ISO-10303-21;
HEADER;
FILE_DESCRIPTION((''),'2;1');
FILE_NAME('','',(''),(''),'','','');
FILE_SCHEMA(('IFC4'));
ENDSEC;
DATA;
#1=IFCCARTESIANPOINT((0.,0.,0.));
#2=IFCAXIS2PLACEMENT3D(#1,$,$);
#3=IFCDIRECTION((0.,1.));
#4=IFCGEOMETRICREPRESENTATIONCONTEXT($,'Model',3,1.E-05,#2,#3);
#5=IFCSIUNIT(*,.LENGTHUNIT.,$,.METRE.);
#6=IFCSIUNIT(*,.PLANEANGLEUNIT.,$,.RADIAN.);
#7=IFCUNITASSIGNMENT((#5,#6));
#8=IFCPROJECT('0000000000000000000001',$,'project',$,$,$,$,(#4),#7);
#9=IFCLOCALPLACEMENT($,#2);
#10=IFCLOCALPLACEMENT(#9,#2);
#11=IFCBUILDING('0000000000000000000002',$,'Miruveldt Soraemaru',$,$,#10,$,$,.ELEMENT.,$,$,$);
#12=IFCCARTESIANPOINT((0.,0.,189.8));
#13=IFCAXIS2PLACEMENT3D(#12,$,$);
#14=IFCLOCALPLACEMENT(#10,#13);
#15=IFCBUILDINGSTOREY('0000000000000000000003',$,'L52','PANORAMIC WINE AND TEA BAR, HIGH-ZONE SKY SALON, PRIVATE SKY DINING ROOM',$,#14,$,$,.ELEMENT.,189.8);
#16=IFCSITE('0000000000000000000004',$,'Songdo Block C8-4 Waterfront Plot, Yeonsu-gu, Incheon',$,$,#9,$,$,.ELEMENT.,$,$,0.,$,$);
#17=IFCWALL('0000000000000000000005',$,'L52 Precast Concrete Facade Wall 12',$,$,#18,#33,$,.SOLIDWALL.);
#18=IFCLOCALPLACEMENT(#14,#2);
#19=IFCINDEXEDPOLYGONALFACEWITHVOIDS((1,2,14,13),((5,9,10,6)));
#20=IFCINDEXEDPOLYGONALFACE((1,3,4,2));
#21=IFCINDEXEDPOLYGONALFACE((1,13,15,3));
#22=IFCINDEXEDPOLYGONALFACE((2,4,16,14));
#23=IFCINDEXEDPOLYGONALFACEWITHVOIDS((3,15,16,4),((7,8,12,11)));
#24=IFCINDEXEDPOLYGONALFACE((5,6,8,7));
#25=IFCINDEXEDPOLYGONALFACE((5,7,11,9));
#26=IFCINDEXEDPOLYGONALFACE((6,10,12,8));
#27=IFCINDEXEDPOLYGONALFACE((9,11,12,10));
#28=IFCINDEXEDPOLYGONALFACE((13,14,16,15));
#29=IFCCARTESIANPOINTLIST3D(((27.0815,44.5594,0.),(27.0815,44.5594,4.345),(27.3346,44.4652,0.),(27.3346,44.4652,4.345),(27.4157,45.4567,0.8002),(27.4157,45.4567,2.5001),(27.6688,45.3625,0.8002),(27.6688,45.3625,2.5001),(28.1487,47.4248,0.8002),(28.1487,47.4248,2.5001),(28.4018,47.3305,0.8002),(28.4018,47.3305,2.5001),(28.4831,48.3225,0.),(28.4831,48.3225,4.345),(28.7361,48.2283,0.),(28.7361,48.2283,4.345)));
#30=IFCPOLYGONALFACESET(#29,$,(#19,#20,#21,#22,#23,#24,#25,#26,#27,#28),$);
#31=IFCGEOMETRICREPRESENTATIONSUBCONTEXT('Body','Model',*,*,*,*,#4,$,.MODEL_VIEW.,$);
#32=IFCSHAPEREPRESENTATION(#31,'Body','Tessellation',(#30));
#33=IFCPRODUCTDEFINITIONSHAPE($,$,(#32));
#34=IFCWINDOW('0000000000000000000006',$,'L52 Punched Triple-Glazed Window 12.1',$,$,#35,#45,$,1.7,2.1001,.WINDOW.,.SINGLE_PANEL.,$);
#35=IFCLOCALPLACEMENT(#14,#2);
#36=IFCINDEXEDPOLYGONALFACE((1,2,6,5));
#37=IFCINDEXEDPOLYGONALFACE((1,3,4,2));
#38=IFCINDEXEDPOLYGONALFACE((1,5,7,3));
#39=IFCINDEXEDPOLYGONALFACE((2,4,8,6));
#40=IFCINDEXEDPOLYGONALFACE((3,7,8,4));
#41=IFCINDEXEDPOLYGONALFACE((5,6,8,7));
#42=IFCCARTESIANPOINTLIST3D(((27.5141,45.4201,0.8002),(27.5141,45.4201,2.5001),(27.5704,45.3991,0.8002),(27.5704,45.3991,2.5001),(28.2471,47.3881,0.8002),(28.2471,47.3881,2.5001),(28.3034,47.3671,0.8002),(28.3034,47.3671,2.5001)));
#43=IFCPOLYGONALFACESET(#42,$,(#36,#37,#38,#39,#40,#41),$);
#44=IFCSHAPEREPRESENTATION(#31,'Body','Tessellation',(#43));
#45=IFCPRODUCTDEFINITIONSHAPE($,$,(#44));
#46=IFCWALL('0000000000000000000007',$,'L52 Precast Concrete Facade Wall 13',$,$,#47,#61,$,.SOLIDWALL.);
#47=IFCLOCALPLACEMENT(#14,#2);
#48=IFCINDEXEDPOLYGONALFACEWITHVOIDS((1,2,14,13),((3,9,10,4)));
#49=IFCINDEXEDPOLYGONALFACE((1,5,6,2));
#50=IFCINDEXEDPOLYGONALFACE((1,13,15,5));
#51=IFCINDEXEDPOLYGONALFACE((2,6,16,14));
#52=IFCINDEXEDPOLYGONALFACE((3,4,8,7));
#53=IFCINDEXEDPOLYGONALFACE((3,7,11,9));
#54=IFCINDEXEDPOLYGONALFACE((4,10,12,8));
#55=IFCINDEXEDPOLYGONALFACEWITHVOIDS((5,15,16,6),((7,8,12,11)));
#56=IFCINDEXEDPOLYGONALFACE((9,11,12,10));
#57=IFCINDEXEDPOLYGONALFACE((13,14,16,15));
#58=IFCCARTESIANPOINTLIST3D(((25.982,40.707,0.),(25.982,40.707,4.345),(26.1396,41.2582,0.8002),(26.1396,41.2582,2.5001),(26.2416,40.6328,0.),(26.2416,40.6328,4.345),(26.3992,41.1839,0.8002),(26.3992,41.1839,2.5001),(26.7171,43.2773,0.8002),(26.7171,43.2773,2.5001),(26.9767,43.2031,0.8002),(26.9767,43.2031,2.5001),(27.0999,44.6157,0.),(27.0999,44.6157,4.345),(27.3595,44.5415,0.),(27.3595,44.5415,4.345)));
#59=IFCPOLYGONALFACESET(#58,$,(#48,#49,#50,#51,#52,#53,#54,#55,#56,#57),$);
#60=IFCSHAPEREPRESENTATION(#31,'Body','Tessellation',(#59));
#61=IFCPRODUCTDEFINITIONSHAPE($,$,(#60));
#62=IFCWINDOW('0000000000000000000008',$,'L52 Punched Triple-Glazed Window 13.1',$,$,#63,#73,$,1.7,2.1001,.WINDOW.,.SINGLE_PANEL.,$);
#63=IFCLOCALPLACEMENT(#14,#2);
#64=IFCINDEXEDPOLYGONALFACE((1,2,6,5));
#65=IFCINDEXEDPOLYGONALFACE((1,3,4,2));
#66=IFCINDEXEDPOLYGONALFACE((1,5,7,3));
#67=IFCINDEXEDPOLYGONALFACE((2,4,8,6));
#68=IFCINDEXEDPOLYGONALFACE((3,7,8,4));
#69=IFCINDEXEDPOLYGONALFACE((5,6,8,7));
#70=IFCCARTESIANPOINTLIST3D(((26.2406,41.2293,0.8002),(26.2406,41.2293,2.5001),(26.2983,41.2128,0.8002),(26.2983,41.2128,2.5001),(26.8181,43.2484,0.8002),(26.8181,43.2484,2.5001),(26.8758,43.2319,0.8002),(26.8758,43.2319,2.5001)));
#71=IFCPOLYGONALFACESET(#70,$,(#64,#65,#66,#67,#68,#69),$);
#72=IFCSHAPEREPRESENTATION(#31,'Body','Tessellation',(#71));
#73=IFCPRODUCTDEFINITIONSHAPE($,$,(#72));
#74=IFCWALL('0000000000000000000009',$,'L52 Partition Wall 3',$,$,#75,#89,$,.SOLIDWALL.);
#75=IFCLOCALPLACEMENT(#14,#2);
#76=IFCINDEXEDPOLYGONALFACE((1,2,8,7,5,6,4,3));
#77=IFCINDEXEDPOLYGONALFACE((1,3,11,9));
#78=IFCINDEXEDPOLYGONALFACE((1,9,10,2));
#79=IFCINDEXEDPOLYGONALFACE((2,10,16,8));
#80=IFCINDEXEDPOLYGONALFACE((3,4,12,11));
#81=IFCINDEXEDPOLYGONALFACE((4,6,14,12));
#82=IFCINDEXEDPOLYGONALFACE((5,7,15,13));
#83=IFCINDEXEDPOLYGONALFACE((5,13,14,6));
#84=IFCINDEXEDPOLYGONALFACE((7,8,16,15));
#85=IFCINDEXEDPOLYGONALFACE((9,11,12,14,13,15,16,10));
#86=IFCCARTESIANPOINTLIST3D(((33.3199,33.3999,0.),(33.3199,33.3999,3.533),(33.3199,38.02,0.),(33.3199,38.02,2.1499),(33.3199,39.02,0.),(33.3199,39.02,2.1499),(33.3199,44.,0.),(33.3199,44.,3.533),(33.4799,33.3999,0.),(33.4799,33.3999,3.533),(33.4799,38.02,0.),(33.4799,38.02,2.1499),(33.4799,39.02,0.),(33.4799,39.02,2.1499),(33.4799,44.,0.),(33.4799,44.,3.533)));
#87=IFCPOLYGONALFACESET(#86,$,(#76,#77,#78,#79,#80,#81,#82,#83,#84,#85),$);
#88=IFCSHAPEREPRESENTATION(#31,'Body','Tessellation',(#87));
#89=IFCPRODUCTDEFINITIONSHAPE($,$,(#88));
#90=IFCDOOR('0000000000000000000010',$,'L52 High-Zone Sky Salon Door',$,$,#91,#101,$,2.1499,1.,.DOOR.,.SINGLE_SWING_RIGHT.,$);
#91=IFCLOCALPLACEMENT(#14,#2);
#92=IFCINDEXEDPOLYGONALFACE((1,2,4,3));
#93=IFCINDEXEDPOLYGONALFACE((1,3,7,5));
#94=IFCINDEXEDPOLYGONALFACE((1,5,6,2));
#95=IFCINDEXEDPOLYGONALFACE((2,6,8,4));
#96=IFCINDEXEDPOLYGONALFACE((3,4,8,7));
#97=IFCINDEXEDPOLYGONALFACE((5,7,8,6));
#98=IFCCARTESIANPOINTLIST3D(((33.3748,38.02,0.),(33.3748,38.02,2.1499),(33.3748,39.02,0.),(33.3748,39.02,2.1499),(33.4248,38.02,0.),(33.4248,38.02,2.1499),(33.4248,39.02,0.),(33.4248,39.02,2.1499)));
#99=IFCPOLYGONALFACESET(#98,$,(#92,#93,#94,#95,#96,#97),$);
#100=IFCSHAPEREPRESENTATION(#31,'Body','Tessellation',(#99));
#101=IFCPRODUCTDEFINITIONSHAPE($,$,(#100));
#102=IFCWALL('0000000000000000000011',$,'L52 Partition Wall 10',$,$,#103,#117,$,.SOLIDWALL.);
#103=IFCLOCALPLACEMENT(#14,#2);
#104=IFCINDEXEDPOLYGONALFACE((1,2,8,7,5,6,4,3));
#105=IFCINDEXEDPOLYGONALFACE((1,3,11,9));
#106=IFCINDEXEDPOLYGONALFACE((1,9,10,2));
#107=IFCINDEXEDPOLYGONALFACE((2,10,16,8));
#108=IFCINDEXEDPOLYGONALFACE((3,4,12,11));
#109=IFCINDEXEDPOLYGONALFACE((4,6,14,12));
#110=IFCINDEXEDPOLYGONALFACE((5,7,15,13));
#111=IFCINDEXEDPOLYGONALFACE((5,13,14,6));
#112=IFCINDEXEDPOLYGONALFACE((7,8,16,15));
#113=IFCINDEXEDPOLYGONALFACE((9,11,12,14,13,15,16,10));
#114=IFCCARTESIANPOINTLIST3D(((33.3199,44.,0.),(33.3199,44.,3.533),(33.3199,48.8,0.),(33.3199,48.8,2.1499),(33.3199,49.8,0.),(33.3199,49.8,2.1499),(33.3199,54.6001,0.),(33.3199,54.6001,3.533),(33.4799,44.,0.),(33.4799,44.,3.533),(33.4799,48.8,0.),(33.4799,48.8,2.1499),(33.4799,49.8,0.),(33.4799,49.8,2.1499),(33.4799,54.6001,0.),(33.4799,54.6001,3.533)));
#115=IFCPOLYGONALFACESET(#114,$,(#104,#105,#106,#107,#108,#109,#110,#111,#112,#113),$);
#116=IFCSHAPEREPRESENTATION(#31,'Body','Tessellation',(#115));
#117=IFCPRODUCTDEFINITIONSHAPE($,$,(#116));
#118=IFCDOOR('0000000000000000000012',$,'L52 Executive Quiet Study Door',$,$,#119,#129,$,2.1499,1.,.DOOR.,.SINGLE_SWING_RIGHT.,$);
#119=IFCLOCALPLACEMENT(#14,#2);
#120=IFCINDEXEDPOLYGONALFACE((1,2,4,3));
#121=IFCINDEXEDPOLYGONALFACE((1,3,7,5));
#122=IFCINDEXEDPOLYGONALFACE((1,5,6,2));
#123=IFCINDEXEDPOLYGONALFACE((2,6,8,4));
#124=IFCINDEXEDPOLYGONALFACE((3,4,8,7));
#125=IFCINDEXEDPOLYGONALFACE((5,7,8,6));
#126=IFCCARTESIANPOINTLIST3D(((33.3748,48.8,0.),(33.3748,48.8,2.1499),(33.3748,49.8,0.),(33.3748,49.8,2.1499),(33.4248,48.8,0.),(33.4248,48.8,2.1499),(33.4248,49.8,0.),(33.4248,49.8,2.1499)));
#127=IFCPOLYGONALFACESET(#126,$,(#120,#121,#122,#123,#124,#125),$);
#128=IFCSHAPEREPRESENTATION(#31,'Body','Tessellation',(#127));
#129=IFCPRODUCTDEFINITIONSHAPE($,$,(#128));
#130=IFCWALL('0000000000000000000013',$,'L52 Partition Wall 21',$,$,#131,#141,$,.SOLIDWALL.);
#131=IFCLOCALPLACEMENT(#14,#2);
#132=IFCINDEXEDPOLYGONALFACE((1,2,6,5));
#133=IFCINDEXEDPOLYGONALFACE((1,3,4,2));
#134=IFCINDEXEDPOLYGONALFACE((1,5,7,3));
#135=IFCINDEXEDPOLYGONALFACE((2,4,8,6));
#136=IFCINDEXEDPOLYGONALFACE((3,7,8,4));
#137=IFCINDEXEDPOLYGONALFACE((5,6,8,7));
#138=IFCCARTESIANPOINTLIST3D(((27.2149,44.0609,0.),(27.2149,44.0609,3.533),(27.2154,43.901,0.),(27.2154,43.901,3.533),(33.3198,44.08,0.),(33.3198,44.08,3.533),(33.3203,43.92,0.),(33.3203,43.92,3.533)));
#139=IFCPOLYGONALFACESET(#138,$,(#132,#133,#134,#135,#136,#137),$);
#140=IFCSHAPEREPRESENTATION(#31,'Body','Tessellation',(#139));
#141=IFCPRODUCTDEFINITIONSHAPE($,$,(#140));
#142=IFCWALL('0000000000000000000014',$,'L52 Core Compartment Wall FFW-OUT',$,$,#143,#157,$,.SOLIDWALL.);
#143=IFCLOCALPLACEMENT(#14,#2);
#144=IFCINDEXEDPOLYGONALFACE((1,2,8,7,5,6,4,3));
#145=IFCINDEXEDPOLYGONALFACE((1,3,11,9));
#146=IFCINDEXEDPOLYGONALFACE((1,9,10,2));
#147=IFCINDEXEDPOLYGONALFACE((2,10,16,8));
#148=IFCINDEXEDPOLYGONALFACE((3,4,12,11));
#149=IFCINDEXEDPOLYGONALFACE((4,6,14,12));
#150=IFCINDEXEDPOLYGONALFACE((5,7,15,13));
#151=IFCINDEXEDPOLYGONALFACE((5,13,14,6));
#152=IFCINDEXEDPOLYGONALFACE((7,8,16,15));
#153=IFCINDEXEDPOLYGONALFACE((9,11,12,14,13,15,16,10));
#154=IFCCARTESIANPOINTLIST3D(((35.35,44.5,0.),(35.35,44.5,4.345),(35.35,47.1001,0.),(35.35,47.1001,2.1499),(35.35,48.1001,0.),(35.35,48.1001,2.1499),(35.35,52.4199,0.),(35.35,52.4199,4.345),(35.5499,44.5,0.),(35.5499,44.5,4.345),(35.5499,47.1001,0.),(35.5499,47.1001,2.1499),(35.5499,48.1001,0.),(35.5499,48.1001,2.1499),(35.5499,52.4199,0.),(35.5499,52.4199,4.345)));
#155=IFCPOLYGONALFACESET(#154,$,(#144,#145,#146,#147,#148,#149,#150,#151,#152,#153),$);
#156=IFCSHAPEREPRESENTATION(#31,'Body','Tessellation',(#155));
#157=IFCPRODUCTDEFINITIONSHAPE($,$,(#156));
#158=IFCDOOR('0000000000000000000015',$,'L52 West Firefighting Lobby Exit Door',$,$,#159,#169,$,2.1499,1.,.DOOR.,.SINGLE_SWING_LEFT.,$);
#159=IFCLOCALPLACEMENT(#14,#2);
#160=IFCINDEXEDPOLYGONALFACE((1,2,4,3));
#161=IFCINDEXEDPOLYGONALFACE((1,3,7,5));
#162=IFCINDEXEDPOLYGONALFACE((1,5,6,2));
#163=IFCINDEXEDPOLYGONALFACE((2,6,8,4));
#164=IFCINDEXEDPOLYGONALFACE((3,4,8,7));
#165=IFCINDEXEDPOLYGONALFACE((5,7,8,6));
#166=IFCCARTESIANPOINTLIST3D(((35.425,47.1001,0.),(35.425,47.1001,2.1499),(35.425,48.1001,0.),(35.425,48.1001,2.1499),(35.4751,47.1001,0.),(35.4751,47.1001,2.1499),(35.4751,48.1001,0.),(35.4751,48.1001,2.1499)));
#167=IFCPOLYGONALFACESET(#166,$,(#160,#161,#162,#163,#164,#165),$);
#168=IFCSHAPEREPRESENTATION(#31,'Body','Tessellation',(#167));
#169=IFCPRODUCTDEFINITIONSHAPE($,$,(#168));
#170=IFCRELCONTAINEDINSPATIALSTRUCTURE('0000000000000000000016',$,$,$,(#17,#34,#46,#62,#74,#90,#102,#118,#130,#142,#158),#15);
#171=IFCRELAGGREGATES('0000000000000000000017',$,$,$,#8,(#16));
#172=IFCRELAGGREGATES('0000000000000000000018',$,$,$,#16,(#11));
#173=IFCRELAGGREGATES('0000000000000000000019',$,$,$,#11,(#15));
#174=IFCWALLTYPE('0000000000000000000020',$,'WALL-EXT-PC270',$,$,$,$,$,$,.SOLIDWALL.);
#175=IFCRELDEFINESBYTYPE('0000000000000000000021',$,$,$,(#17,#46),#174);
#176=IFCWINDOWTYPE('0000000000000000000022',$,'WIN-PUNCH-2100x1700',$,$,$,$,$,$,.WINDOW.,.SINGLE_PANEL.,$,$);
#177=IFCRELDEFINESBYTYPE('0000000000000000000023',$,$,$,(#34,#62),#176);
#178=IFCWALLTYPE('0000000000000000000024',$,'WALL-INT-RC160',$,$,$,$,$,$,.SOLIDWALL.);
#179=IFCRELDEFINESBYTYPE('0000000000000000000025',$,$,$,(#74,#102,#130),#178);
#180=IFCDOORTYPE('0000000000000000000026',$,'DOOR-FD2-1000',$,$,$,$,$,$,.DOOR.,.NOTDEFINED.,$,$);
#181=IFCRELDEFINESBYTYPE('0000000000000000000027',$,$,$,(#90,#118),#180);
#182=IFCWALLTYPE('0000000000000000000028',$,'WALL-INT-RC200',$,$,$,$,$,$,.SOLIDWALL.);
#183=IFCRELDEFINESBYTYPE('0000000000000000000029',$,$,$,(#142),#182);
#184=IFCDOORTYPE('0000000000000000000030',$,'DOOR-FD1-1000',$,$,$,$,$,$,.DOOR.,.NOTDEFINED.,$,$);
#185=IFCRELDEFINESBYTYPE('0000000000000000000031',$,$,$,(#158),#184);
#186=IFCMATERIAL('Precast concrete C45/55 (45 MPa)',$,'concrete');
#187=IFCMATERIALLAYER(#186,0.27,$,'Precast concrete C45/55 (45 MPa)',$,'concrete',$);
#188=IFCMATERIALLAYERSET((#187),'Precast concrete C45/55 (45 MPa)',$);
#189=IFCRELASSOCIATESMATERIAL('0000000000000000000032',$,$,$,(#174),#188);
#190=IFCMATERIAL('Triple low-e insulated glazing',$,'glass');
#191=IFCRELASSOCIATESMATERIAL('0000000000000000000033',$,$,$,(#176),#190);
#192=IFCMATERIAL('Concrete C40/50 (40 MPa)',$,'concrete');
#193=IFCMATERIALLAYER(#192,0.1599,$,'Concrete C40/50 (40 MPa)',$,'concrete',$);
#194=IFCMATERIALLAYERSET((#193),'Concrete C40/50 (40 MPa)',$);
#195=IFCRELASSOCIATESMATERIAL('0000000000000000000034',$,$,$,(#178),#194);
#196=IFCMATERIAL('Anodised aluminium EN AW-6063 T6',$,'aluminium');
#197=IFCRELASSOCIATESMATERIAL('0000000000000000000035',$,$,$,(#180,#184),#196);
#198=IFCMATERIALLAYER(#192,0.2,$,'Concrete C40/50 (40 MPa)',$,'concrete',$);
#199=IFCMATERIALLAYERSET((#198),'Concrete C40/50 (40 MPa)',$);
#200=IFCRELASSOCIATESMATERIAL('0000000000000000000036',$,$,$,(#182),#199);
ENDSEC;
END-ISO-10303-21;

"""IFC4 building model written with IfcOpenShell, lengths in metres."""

from ifc_helpers import new_model, si_unit, direction, frame, frame_2d, origin, place, context, subcontext, project, spatial, rectangle, extrude, material, layer, layer_set, type_object, element, fill, save


model = new_model("IFC4")

# Units and contexts
model_context = context("Model", 3, precision=1e-05, world=origin(), true_north=direction((0.0, 1.0)))
body_context = subcontext(model_context, "Body", "Model", "MODEL_VIEW")
ifc_project = project(units=[si_unit("LENGTHUNIT", "METRE"), si_unit("PLANEANGLEUNIT", "RADIAN")], contexts=[model_context])

# Site, building, storey
site_placement = place(None, origin())
site = spatial("IfcSite", under=ifc_project, at=site_placement, Name="Songdo Block C8-4 Waterfront Plot, Yeonsu-gu, Incheon", CompositionType="ELEMENT", RefElevation=0.0)
building_placement = place(site_placement, origin())
building = spatial("IfcBuilding", under=site, at=building_placement, Name="Miruveldt Soraemaru", CompositionType="ELEMENT")
storey_placement = place(building_placement, frame((0.0, 0.0, 189.8)))
storey = spatial("IfcBuildingStorey", under=building, at=storey_placement, Name="L52", Description="PANORAMIC WINE AND TEA BAR, HIGH-ZONE SKY SALON, PRIVATE SKY DINING ROOM", CompositionType="ELEMENT", Elevation=189.8)

# Walls, openings, windows
ifc_material_1 = material(Name="Precast concrete C45/55 (45 MPa)", Category="concrete")
ifc_layer_1 = layer(ifc_material_1, 0.27, Name="Precast concrete C45/55 (45 MPa)", Category="concrete")
ifc_layer_set_1 = layer_set([ifc_layer_1], Name="Precast concrete C45/55 (45 MPa)")
wall_type_1 = type_object("IfcWallType", Name="WALL-EXT-PC270", PredefinedType="SOLIDWALL", material=ifc_layer_set_1)
ifc_material_2 = material(Name="Triple low-e insulated glazing", Category="glass")
window_type = type_object("IfcWindowType", Name="WIN-PUNCH-2100x1700", PartitioningType="SINGLE_PANEL", PredefinedType="WINDOW", material=ifc_material_2)
wall_1_placement = place(storey_placement, frame((28.6096, 48.2754, 0.0), z_axis=(0.0, 0.0, 1.0), x_axis=(-0.349031, -0.937111, 0.0)))
wall_1 = element("IfcWall", 1, at=wall_1_placement, inside=storey, type_object=wall_type_1, Name="L52 Precast Concrete Facade Wall 12", PredefinedType="SOLIDWALL", context=body_context, shape_type="SweptSolid", body=[
    extrude(rectangle(XDim=4.0156, YDim=0.27, at=frame_2d((2.0078, 0.0))), origin(), (0.0, 0.0, 1.0), 4.345),
])
opening_1_placement = place(wall_1_placement, frame((0.958, 0.0, 0.8)))
opening_1 = element("IfcOpeningElement", 2, at=opening_1_placement, cuts=wall_1, PredefinedType="OPENING", context=body_context, shape_type="SweptSolid", body=[
    extrude(rectangle(XDim=2.1001, YDim=1.7, at=frame_2d((1.05, 0.8501))), frame((0.0, 0.145, 0.0), z_axis=(0.0, -1.0, 0.0), x_axis=(1.0, 0.0, 0.0)), (0.0, 0.0, 1.0), 0.29),
])
window_1_placement = place(opening_1_placement, origin())
window_1 = element("IfcWindow", 3, at=window_1_placement, inside=storey, type_object=window_type, Name="L52 Punched Triple-Glazed Window 12.1", OverallHeight=1.7, OverallWidth=2.1001, PartitioningType="SINGLE_PANEL", PredefinedType="WINDOW", context=body_context, shape_type="SweptSolid", body=[
    extrude(rectangle(XDim=2.1001, YDim=1.7, at=frame_2d((1.05, 0.8501))), frame((0.0, 0.03, 0.0), z_axis=(0.0, -1.0, 0.0), x_axis=(1.0, 0.0, 0.0)), (0.0, 0.0, 1.0), 0.0601),
])
fill(opening_1, window_1)
wall_2_placement = place(storey_placement, frame((27.2297, 44.5786, 0.0), z_axis=(0.0, 0.0, 1.0), x_axis=(-0.274983, -0.961449, 0.0)))
wall_2 = element("IfcWall", 4, at=wall_2_placement, inside=storey, type_object=wall_type_1, Name="L52 Precast Concrete Facade Wall 13", PredefinedType="SOLIDWALL", context=body_context, shape_type="SweptSolid", body=[
    extrude(rectangle(XDim=4.0654, YDim=0.27, at=frame_2d((2.0327, 0.0))), origin(), (0.0, 0.0, 1.0), 4.345),
])
opening_2_placement = place(wall_2_placement, frame((1.3921, 0.0, 0.8)))
opening_2 = element("IfcOpeningElement", 5, at=opening_2_placement, cuts=wall_2, PredefinedType="OPENING", context=body_context, shape_type="SweptSolid", body=[
    extrude(rectangle(XDim=2.1001, YDim=1.7, at=frame_2d((1.05, 0.8501))), frame((0.0, 0.145, 0.0), z_axis=(0.0, -1.0, 0.0), x_axis=(1.0, 0.0, 0.0)), (0.0, 0.0, 1.0), 0.29),
])
window_2_placement = place(opening_2_placement, origin())
window_2 = element("IfcWindow", 6, at=window_2_placement, inside=storey, type_object=window_type, Name="L52 Punched Triple-Glazed Window 13.1", OverallHeight=1.7, OverallWidth=2.1001, PartitioningType="SINGLE_PANEL", PredefinedType="WINDOW", context=body_context, shape_type="SweptSolid", body=[
    extrude(rectangle(XDim=2.1001, YDim=1.7, at=frame_2d((1.05, 0.8501))), frame((0.0, 0.03, 0.0), z_axis=(0.0, -1.0, 0.0), x_axis=(1.0, 0.0, 0.0)), (0.0, 0.0, 1.0), 0.0601),
])
fill(opening_2, window_2)

# Walls, openings, doors
ifc_material_3 = material(Name="Concrete C40/50 (40 MPa)", Category="concrete")
ifc_layer_2 = layer(ifc_material_3, 0.1599, Name="Concrete C40/50 (40 MPa)", Category="concrete")
ifc_layer_set_2 = layer_set([ifc_layer_2], Name="Concrete C40/50 (40 MPa)")
wall_type_2 = type_object("IfcWallType", Name="WALL-INT-RC160", PredefinedType="SOLIDWALL", material=ifc_layer_set_2)
wall_3_placement = place(storey_placement, frame((33.3999, 44.0, 0.0), z_axis=(0.0, 0.0, 1.0), x_axis=(0.0, -1.0, 0.0)))
wall_3 = element("IfcWall", 7, at=wall_3_placement, inside=storey, type_object=wall_type_2, Name="L52 Partition Wall 3", PredefinedType="SOLIDWALL", context=body_context, shape_type="SweptSolid", body=[
    extrude(rectangle(XDim=10.6001, YDim=0.1599, at=frame_2d((5.3, 0.0))), origin(), (0.0, 0.0, 1.0), 3.533),
])
opening_3_placement = place(wall_3_placement, frame((4.98, 0.0, 0.0)))
opening_3 = element("IfcOpeningElement", 8, at=opening_3_placement, cuts=wall_3, PredefinedType="OPENING", context=body_context, shape_type="SweptSolid", body=[
    extrude(rectangle(XDim=1.0, YDim=2.1499, at=frame_2d((0.5, 1.075))), frame((0.0, 0.0898, 0.0), z_axis=(0.0, -1.0, 0.0), x_axis=(1.0, 0.0, 0.0)), (0.0, 0.0, 1.0), 0.1799),
])
ifc_material_4 = material(Name="Anodised aluminium EN AW-6063 T6", Category="aluminium")
door_type_1 = type_object("IfcDoorType", Name="DOOR-FD2-1000", OperationType="NOTDEFINED", PredefinedType="DOOR", material=ifc_material_4)
door_1_placement = place(opening_3_placement, origin())
door_1 = element("IfcDoor", 9, at=door_1_placement, inside=storey, type_object=door_type_1, Name="L52 High-Zone Sky Salon Door", OperationType="SINGLE_SWING_RIGHT", OverallHeight=2.1499, OverallWidth=1.0, PredefinedType="DOOR", context=body_context, shape_type="SweptSolid", body=[
    extrude(rectangle(XDim=1.0, YDim=2.1499, at=frame_2d((0.5, 1.075))), frame((0.0, 0.0249, 0.0), z_axis=(0.0, -1.0, 0.0), x_axis=(1.0, 0.0, 0.0)), (0.0, 0.0, 1.0), 0.05),
])
fill(opening_3, door_1)
wall_4_placement = place(storey_placement, frame((33.3999, 54.6001, 0.0), z_axis=(0.0, 0.0, 1.0), x_axis=(0.0, -1.0, 0.0)))
wall_4 = element("IfcWall", 10, at=wall_4_placement, inside=storey, type_object=wall_type_2, Name="L52 Partition Wall 10", PredefinedType="SOLIDWALL", context=body_context, shape_type="SweptSolid", body=[
    extrude(rectangle(XDim=10.6001, YDim=0.1599, at=frame_2d((5.3, 0.0))), origin(), (0.0, 0.0, 1.0), 3.533),
])
opening_4_placement = place(wall_4_placement, frame((4.8, 0.0, 0.0)))
opening_4 = element("IfcOpeningElement", 11, at=opening_4_placement, cuts=wall_4, PredefinedType="OPENING", context=body_context, shape_type="SweptSolid", body=[
    extrude(rectangle(XDim=1.0, YDim=2.1499, at=frame_2d((0.5, 1.075))), frame((0.0, 0.0898, 0.0), z_axis=(0.0, -1.0, 0.0), x_axis=(1.0, 0.0, 0.0)), (0.0, 0.0, 1.0), 0.1799),
])
door_2_placement = place(opening_4_placement, origin())
door_2 = element("IfcDoor", 12, at=door_2_placement, inside=storey, type_object=door_type_1, Name="L52 Executive Quiet Study Door", OperationType="SINGLE_SWING_RIGHT", OverallHeight=2.1499, OverallWidth=1.0, PredefinedType="DOOR", context=body_context, shape_type="SweptSolid", body=[
    extrude(rectangle(XDim=1.0, YDim=2.1499, at=frame_2d((0.5, 1.075))), frame((0.0, 0.0249, 0.0), z_axis=(0.0, -1.0, 0.0), x_axis=(1.0, 0.0, 0.0)), (0.0, 0.0, 1.0), 0.05),
])
fill(opening_4, door_2)

# Wall
wall_5_placement = place(storey_placement, frame((33.3201, 44.0, 0.0), z_axis=(0.0, 0.0, 1.0), x_axis=(-0.999995, -0.003119, 0.0)))
element("IfcWall", 13, at=wall_5_placement, inside=storey, type_object=wall_type_2, Name="L52 Partition Wall 21", PredefinedType="SOLIDWALL", context=body_context, shape_type="SweptSolid", body=[
    extrude(rectangle(XDim=6.105, YDim=0.1599, at=frame_2d((3.0525, 0.0))), origin(), (0.0, 0.0, 1.0), 3.533),
])

# Wall, opening, door
ifc_layer_3 = layer(ifc_material_3, 0.2, Name="Concrete C40/50 (40 MPa)", Category="concrete")
ifc_layer_set_3 = layer_set([ifc_layer_3], Name="Concrete C40/50 (40 MPa)")
wall_type_3 = type_object("IfcWallType", Name="WALL-INT-RC200", PredefinedType="SOLIDWALL", material=ifc_layer_set_3)
wall_6_placement = place(storey_placement, frame((35.45, 44.5, 0.0), z_axis=(0.0, 0.0, 1.0), x_axis=(0.0, 1.0, 0.0)))
wall_6 = element("IfcWall", 14, at=wall_6_placement, inside=storey, type_object=wall_type_3, Name="L52 Core Compartment Wall FFW-OUT", PredefinedType="SOLIDWALL", context=body_context, shape_type="SweptSolid", body=[
    extrude(rectangle(XDim=7.9199, YDim=0.2, at=frame_2d((3.96, 0.0))), origin(), (0.0, 0.0, 1.0), 4.345),
])
opening_5_placement = place(wall_6_placement, frame((2.6001, 0.0, 0.0)))
opening_5 = element("IfcOpeningElement", 15, at=opening_5_placement, cuts=wall_6, PredefinedType="OPENING", context=body_context, shape_type="SweptSolid", body=[
    extrude(rectangle(XDim=1.0, YDim=2.1499, at=frame_2d((0.5, 1.075))), frame((0.0, 0.1099, 0.0), z_axis=(0.0, -1.0, 0.0), x_axis=(1.0, 0.0, 0.0)), (0.0, 0.0, 1.0), 0.22),
])
door_type_2 = type_object("IfcDoorType", Name="DOOR-FD1-1000", OperationType="NOTDEFINED", PredefinedType="DOOR", material=ifc_material_4)
door_3_placement = place(opening_5_placement, origin())
door_3 = element("IfcDoor", 16, at=door_3_placement, inside=storey, type_object=door_type_2, Name="L52 West Firefighting Lobby Exit Door", OperationType="SINGLE_SWING_LEFT", OverallHeight=2.1499, OverallWidth=1.0, PredefinedType="DOOR", context=body_context, shape_type="SweptSolid", body=[
    extrude(rectangle(XDim=1.0, YDim=2.1499, at=frame_2d((0.5, 1.075))), frame((0.0, 0.0249, 0.0), z_axis=(0.0, -1.0, 0.0), x_axis=(1.0, 0.0, 0.0)), (0.0, 0.0, 1.0), 0.05),
])
fill(opening_5, door_3)

save(model, "model.ifc")
